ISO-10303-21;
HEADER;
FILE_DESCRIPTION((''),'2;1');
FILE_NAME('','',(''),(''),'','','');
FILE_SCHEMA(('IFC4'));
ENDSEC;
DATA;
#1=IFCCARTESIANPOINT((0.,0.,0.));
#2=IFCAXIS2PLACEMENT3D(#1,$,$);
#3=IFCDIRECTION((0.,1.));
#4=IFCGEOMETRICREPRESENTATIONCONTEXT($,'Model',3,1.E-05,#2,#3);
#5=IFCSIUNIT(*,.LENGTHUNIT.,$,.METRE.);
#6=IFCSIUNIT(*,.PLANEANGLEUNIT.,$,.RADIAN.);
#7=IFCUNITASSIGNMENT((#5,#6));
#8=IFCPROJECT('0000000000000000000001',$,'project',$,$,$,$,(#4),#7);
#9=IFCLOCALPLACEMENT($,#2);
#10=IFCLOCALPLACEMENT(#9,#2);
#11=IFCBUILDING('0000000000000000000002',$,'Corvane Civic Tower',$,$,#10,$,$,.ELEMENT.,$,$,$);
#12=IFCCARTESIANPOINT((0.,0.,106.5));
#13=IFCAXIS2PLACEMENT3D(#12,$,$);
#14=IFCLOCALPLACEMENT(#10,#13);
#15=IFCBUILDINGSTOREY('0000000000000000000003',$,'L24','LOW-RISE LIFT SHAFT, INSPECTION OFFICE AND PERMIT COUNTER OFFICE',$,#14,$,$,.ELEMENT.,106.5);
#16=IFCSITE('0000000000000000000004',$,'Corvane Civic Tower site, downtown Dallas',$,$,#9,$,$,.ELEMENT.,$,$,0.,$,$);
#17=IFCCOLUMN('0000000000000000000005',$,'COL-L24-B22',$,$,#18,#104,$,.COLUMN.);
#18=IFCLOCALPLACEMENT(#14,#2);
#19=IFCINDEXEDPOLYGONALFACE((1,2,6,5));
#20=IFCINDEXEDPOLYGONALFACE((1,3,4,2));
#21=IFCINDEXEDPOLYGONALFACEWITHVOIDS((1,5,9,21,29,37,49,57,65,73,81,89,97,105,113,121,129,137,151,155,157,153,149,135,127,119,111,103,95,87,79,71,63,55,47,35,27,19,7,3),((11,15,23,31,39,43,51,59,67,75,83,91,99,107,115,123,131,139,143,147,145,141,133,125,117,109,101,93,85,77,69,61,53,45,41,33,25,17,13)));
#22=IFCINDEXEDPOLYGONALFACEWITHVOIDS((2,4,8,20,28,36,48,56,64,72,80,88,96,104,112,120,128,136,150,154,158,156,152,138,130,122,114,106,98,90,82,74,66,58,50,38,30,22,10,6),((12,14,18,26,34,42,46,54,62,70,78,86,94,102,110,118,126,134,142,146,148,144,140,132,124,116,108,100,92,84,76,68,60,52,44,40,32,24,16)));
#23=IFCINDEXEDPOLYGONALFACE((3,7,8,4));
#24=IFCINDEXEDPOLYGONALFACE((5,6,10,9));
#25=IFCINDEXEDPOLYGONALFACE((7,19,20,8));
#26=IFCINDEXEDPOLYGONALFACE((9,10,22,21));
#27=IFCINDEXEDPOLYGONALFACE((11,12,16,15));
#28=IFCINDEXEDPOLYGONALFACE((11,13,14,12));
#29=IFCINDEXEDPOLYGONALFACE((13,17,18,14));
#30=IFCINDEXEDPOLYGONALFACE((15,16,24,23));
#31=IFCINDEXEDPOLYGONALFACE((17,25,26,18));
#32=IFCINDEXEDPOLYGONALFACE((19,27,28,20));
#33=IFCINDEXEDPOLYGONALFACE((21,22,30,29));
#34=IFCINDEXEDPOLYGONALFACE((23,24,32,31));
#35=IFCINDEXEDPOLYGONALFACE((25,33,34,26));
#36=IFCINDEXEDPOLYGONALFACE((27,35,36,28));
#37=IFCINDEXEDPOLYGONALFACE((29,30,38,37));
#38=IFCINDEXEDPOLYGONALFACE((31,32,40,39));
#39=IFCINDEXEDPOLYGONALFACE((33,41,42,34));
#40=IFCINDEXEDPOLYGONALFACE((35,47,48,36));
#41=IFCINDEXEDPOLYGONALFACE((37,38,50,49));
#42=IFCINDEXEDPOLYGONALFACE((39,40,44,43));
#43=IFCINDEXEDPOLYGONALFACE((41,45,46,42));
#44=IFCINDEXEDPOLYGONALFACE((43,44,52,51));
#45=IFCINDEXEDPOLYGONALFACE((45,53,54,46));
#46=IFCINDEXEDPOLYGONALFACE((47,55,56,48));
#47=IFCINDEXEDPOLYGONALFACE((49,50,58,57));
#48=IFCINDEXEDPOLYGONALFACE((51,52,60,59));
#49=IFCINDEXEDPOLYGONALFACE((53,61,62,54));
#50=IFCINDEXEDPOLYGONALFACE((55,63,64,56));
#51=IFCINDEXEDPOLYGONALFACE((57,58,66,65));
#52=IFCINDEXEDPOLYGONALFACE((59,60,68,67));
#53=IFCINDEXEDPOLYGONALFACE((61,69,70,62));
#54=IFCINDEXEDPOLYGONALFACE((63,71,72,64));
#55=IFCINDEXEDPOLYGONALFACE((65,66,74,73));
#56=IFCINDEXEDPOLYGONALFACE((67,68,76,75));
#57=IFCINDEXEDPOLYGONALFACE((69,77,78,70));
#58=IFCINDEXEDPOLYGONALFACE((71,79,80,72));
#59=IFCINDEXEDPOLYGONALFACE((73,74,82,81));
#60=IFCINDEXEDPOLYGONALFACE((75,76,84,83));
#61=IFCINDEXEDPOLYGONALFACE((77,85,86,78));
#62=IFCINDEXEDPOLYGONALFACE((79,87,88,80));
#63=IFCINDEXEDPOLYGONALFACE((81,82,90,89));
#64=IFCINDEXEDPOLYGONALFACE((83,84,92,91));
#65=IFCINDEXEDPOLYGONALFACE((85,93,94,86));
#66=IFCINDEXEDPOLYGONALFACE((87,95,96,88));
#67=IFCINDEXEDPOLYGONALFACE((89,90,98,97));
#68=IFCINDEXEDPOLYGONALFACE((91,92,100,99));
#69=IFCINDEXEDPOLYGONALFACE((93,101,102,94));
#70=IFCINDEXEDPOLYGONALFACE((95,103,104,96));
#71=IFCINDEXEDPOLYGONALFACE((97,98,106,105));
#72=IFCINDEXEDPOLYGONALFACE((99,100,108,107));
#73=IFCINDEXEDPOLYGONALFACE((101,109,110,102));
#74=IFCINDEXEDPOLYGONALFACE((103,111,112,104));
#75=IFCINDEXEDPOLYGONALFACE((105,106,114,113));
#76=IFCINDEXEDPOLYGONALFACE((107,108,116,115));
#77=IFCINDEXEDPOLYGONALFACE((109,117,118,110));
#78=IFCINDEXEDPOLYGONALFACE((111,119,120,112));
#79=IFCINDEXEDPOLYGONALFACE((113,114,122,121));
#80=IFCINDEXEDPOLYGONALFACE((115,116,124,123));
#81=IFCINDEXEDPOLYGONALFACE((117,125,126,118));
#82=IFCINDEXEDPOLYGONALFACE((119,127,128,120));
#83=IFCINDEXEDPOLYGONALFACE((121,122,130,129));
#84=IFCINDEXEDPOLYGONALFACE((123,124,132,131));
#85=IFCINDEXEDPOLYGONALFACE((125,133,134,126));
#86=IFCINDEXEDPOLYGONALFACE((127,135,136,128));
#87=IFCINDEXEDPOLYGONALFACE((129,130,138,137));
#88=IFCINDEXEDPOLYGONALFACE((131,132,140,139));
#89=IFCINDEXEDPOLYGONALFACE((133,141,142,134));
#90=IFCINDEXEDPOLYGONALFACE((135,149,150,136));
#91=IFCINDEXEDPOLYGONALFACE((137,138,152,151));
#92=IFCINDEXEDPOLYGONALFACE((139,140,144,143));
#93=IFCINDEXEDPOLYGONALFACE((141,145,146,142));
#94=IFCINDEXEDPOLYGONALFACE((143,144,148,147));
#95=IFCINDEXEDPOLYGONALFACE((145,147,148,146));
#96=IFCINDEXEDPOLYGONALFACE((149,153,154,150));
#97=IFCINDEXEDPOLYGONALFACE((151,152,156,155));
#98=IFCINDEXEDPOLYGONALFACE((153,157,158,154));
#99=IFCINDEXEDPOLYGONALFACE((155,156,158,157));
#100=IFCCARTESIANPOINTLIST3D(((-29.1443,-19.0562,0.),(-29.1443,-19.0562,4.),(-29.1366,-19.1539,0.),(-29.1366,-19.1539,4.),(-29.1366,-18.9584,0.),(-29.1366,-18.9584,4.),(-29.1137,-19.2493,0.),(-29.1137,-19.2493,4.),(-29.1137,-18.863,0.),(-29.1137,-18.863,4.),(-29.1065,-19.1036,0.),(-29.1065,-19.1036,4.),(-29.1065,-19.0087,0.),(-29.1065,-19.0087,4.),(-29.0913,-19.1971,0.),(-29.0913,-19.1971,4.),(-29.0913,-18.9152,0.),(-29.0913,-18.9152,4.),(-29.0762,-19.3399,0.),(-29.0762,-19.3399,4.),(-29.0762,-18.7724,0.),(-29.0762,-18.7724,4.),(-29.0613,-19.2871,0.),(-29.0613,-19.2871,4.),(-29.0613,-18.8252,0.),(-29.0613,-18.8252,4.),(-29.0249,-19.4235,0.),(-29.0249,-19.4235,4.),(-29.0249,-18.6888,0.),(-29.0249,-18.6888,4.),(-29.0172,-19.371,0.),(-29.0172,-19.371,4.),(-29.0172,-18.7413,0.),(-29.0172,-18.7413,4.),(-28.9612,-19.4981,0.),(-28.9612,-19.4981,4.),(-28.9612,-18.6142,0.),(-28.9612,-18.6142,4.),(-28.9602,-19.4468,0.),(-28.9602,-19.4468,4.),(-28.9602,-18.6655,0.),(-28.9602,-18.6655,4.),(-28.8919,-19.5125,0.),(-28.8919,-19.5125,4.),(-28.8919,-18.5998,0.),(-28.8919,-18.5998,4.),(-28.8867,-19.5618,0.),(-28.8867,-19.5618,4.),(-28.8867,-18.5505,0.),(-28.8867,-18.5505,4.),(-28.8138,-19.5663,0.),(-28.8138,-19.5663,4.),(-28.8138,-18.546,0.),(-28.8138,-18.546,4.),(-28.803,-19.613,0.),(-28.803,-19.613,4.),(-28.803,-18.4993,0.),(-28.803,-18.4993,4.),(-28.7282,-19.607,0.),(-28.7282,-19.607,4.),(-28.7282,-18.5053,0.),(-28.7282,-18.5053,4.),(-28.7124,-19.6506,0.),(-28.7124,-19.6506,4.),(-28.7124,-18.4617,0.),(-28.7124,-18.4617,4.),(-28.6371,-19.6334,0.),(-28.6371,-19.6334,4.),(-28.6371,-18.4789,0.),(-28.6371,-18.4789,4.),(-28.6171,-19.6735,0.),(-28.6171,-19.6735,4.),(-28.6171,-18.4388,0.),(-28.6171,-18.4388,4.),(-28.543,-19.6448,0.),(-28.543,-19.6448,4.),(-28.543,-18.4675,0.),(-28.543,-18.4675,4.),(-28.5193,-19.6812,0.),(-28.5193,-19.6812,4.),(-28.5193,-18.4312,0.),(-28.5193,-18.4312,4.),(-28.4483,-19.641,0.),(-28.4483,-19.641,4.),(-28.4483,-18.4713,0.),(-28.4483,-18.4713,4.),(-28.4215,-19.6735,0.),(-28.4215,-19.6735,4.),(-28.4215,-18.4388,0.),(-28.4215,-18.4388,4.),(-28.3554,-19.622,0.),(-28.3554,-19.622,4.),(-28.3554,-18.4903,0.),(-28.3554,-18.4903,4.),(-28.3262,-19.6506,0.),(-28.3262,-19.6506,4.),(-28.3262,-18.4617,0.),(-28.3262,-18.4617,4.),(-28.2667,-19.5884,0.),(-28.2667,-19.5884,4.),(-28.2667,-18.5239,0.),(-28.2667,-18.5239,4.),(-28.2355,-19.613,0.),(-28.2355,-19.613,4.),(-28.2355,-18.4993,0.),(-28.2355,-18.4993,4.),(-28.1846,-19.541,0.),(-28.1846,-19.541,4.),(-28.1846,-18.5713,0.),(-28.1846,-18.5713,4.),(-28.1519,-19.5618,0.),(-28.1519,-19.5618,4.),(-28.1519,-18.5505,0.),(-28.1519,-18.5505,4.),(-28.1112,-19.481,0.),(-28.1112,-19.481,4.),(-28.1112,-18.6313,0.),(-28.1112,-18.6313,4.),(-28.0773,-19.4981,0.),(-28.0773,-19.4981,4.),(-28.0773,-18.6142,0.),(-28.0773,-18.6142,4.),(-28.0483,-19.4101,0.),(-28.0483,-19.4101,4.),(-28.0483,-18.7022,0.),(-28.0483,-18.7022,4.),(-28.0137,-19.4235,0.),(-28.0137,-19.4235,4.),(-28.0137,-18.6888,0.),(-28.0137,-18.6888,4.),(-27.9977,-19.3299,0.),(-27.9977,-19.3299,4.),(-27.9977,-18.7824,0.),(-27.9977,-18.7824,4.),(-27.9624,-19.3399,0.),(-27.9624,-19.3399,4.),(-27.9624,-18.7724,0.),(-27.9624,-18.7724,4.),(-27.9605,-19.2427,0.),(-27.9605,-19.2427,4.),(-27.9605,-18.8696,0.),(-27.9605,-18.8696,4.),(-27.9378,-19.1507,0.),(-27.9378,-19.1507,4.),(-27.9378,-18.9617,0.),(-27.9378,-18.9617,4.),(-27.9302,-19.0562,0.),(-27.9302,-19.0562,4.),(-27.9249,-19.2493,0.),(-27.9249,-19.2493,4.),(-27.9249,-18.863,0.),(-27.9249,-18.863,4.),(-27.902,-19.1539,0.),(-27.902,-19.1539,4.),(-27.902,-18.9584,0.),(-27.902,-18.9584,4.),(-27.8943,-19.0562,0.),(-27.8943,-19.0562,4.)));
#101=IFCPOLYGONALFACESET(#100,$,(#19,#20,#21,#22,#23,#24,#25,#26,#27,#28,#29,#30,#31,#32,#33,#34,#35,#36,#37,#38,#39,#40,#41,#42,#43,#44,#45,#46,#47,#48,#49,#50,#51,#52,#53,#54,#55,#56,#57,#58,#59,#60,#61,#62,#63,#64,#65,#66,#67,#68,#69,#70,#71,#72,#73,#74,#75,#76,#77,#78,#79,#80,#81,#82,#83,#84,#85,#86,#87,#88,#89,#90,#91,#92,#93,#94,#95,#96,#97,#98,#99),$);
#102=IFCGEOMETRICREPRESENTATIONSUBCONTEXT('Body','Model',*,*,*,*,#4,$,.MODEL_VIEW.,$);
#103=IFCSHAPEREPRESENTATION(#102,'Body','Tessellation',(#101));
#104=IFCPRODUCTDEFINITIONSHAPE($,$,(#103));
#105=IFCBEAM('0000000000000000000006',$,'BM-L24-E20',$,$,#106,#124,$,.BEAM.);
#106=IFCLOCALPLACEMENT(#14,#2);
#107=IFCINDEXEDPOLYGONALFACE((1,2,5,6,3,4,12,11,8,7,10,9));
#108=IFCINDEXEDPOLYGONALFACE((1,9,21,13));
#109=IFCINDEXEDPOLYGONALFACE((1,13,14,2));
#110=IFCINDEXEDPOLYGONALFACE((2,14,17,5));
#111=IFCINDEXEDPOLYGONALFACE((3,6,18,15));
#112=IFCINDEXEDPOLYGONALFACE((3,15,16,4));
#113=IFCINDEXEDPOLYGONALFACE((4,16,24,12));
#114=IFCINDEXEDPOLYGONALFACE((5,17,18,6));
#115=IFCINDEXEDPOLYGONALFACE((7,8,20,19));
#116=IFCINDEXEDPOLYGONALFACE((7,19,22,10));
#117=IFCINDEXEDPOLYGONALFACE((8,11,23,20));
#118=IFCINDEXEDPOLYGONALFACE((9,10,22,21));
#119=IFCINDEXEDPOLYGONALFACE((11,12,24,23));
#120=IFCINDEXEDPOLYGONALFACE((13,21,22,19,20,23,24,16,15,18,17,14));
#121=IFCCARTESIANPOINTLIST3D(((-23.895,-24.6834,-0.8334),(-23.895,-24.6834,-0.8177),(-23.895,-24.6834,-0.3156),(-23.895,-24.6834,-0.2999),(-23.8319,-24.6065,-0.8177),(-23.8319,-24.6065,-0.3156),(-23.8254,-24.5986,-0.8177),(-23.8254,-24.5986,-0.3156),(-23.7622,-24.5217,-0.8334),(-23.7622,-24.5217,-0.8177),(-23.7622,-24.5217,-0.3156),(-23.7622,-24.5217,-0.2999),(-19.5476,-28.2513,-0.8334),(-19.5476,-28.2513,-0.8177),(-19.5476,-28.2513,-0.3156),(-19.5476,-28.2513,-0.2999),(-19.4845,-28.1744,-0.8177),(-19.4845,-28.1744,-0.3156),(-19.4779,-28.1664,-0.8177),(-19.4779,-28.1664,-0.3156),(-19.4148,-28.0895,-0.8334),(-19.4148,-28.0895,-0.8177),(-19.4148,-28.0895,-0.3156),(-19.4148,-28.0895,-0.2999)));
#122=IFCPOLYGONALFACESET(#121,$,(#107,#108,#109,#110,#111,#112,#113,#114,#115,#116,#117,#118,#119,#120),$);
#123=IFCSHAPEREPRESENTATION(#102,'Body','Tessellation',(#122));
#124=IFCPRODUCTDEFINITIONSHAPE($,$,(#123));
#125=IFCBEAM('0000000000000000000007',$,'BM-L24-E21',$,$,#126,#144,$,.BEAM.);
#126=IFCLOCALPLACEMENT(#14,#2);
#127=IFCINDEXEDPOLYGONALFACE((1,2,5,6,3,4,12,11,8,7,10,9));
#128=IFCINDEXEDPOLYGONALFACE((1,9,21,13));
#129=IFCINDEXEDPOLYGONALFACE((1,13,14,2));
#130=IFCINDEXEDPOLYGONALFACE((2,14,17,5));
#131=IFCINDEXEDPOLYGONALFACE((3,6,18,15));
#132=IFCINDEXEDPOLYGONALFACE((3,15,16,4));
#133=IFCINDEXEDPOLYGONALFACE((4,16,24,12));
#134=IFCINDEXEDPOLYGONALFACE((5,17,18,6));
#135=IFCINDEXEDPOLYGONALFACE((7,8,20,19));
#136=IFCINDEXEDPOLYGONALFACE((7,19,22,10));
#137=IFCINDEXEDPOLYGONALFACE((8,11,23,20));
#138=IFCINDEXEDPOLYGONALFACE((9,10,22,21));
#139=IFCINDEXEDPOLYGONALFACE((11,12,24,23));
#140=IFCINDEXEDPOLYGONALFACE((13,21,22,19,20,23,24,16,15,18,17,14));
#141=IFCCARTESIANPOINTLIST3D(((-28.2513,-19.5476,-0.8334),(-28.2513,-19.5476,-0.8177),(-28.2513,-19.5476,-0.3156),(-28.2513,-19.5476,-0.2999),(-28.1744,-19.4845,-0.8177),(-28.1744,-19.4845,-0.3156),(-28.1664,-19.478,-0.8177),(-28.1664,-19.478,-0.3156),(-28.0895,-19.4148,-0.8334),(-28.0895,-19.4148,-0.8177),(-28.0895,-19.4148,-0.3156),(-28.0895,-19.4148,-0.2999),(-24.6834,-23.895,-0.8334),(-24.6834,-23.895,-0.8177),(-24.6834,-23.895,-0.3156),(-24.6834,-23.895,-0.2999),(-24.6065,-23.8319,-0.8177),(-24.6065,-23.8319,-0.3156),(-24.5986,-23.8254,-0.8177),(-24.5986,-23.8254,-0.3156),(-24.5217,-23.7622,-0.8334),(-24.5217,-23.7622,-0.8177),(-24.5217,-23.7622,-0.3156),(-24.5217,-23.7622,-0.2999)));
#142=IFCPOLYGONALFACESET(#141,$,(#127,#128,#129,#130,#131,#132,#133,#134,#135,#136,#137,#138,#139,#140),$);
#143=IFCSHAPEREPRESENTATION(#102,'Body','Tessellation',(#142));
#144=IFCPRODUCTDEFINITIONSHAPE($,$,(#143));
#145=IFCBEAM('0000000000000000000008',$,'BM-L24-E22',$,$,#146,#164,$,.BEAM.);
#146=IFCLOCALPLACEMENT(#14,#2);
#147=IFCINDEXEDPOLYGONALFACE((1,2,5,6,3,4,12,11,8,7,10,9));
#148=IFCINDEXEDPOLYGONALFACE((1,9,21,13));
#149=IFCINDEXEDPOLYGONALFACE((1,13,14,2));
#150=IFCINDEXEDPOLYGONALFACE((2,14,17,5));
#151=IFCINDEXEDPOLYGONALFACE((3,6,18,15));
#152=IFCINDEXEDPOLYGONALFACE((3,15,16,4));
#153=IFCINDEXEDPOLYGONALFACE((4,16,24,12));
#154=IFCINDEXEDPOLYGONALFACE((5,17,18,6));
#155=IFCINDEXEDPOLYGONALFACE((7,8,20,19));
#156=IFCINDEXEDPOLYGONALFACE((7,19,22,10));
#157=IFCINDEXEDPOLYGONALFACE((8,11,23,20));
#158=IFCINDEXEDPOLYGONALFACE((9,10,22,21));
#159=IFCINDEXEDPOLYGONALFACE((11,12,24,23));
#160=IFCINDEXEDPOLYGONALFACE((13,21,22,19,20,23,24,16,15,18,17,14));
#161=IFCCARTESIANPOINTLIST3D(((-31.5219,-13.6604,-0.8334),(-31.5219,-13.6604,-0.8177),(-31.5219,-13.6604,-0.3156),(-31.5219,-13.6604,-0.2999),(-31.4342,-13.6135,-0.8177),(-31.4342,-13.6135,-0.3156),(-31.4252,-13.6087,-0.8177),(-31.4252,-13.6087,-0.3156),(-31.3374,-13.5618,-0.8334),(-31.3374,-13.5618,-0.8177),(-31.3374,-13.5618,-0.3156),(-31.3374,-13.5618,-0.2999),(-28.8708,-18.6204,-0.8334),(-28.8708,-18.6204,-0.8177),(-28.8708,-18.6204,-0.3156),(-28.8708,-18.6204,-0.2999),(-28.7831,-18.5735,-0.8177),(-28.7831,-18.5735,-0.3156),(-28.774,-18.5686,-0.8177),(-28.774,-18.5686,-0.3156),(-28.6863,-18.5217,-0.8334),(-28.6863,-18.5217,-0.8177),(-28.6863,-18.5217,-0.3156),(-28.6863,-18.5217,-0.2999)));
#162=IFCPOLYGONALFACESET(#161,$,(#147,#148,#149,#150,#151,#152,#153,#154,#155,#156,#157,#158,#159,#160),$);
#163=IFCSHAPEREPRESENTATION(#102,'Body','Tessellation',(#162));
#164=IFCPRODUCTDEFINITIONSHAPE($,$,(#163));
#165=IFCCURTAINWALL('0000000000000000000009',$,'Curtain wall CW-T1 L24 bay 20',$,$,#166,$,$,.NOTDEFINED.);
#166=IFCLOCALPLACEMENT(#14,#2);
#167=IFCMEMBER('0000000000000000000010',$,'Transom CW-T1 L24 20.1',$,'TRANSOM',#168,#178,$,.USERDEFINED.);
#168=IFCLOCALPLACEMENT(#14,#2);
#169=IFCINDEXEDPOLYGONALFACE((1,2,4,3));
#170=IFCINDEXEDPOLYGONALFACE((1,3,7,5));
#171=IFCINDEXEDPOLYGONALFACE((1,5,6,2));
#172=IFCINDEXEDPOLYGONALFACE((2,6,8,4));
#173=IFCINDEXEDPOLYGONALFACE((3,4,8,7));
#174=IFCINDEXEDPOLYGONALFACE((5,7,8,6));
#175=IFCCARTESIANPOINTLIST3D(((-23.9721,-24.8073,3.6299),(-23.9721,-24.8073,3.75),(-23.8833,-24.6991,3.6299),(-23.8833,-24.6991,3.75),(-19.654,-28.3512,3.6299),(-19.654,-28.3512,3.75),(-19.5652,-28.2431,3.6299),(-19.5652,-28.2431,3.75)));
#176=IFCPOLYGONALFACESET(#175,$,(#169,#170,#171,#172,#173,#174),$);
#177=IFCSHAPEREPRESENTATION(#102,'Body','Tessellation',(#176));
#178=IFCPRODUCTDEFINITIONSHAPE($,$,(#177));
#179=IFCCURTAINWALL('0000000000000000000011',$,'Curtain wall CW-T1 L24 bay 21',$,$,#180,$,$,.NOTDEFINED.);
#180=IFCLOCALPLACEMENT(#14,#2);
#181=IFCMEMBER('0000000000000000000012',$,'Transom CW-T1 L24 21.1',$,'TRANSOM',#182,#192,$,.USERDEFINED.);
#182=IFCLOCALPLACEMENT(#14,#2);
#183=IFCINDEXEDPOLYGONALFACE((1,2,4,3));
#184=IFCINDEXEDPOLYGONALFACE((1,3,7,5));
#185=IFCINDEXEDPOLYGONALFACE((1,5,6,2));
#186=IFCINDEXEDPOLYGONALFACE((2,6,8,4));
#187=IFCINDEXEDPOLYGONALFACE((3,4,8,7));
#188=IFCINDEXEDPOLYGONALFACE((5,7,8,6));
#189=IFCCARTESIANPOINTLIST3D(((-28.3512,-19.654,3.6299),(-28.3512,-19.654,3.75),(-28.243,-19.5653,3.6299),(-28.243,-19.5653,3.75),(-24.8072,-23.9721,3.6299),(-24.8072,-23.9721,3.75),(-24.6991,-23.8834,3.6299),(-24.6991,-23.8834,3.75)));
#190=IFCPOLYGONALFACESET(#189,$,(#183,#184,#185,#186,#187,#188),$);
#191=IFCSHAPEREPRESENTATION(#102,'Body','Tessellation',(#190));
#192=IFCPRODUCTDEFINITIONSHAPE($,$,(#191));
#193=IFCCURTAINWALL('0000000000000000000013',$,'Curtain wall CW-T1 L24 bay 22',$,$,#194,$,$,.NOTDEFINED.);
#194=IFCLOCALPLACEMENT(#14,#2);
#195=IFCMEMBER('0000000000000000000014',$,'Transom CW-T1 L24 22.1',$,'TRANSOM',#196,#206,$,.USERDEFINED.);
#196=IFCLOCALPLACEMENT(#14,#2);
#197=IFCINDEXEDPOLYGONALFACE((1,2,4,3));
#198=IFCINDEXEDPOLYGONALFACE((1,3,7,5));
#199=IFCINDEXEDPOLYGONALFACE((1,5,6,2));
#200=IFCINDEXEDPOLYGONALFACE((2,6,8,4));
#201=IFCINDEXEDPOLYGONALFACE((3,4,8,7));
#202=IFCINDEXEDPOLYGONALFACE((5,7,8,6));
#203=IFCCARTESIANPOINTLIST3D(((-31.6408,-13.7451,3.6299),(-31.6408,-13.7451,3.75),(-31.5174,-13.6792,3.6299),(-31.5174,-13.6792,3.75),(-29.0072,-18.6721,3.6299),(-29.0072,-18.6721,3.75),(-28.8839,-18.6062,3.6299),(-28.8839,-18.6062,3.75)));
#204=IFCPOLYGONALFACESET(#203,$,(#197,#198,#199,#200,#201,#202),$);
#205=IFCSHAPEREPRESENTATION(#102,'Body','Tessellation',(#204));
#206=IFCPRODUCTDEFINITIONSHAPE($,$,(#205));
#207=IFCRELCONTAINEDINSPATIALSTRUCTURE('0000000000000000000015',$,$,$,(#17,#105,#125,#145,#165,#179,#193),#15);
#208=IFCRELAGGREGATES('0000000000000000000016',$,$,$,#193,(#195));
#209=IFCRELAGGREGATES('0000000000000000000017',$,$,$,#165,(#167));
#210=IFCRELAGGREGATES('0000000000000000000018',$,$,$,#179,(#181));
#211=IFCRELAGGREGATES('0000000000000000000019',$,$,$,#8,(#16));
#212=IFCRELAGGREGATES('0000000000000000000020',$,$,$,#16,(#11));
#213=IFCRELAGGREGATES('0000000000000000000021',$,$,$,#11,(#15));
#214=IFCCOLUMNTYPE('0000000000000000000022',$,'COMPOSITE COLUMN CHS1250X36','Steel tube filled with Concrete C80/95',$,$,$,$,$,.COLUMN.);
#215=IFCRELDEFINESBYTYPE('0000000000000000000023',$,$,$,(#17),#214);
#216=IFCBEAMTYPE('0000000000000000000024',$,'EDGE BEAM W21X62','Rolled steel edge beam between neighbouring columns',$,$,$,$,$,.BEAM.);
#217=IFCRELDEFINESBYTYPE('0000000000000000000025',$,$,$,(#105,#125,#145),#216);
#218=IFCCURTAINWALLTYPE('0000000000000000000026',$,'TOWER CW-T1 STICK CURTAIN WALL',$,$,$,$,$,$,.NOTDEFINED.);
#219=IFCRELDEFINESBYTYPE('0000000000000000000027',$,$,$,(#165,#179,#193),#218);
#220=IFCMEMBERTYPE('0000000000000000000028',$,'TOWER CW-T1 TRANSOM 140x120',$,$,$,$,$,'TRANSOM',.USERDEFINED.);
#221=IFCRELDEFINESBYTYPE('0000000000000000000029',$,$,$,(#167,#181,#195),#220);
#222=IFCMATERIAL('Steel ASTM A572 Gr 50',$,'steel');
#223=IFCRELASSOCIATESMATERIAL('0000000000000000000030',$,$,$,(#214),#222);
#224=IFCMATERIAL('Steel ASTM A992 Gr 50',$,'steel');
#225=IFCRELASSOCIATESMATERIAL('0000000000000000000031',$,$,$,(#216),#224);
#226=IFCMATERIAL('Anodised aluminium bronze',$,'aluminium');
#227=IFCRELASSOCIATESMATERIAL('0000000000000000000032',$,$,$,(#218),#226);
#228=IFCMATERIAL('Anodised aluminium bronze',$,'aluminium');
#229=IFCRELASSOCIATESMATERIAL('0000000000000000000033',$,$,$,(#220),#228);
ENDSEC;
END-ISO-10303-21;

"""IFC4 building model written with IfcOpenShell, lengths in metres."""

from ifc_helpers import new_model, si_unit, direction, frame, origin, origin_2d, place, context, subcontext, project, spatial, rectangle, hollow_circle, i_section, extrude, material, material_profile, profile_set, type_object, element, aggregate, save


model = new_model("IFC4")

# Units and contexts
model_context = context("Model", 3, precision=1e-05, world=origin(), true_north=direction((0.0, 1.0)))
body_context = subcontext(model_context, "Body", "Model", "MODEL_VIEW")
ifc_project = project(units=[si_unit("LENGTHUNIT", "METRE"), si_unit("PLANEANGLEUNIT", "RADIAN")], contexts=[model_context])

# Site, building, storey
site_placement = place(None, origin())
site = spatial("IfcSite", under=ifc_project, at=site_placement, Name="Corvane Civic Tower site, downtown Dallas", CompositionType="ELEMENT", RefElevation=0.0)
building_placement = place(site_placement, origin())
building = spatial("IfcBuilding", under=site, at=building_placement, Name="Corvane Civic Tower", CompositionType="ELEMENT")
storey_placement = place(building_placement, frame((0.0, 0.0, 106.5)))
storey = spatial("IfcBuildingStorey", under=building, at=storey_placement, Name="L24", Description="LOW-RISE LIFT SHAFT, INSPECTION OFFICE AND PERMIT COUNTER OFFICE", CompositionType="ELEMENT", Elevation=106.5)

# Column
ifc_material_1 = material(Name="Steel ASTM A572 Gr 50", Category="steel")
ifc_material_profile_1 = material_profile(ifc_material_1, hollow_circle(Radius=0.625, WallThickness=0.0359, at=origin_2d()), Name="CHS1250X36")
ifc_profile_set_1 = profile_set([ifc_material_profile_1], Name="Steel ASTM A572 Gr 50")
column_type = type_object("IfcColumnType", Name="COMPOSITE COLUMN CHS1250X36", Description="Steel tube filled with Concrete C80/95", PredefinedType="COLUMN", material=ifc_profile_set_1)
for number, where, z_axis, x_axis, name in (
    (1, (-28.5193, -19.0562, 0.0), (0.0, 0.0, 1.0), (1.0, 0.0, 0.0), "COL-L24-B22"),
):
    element("IfcColumn", number, at=place(storey_placement, frame(where, z_axis=z_axis, x_axis=x_axis)), inside=storey, type_object=column_type, Name=name, PredefinedType="COLUMN", context=body_context, shape_type="SweptSolid", body=[
        extrude(hollow_circle(Radius=0.625, WallThickness=0.0359, at=origin_2d()), origin(), (0.0, 0.0, 1.0), 4.0),
    ])

# Beams
ifc_material_2 = material(Name="Steel ASTM A992 Gr 50", Category="steel")
ifc_material_profile_2 = material_profile(ifc_material_2, i_section(OverallWidth=0.2092, OverallDepth=0.5334, WebThickness=0.0103, FlangeThickness=0.0156, at=origin_2d()), Name="W21X62")
ifc_profile_set_2 = profile_set([ifc_material_profile_2], Name="Steel ASTM A992 Gr 50")
beam_type = type_object("IfcBeamType", Name="EDGE BEAM W21X62", Description="Rolled steel edge beam between neighbouring columns", PredefinedType="BEAM", material=ifc_profile_set_2)
for number, where, z_axis, x_axis, name in (
    (2, (-19.4812, -28.1704, -0.5667), (-0.773007, 0.634398, 0.0), (-0.634398, -0.773007, 0.0), "BM-L24-E20"),
    (3, (-24.6025, -23.8286, -0.5667), (-0.634398, 0.773007, 0.0), (-0.773007, -0.634398, 0.0), "BM-L24-E21"),
    (4, (-28.7786, -18.571, -0.5667), (-0.471392, 0.881924, 0.0), (-0.881924, -0.471392, 0.0), "BM-L24-E22"),
):
    element("IfcBeam", number, at=place(storey_placement, frame(where, z_axis=z_axis, x_axis=x_axis)), inside=storey, type_object=beam_type, Name=name, PredefinedType="BEAM", context=body_context, shape_type="SweptSolid", body=[
        extrude(i_section(OverallWidth=0.2092, OverallDepth=0.5334, WebThickness=0.0103, FlangeThickness=0.0156, at=origin_2d()), origin(), (0.0, 0.0, 1.0), 5.624),
    ])

# Curtain walls, members
ifc_material_3 = material(Name="Anodised aluminium bronze", Category="aluminium")
curtain_wall_type = type_object("IfcCurtainWallType", Name="TOWER CW-T1 STICK CURTAIN WALL", PredefinedType="NOTDEFINED", material=ifc_material_3)
curtain_wall_1_placement = place(storey_placement, origin())
curtain_wall_1 = element("IfcCurtainWall", 5, at=curtain_wall_1_placement, inside=storey, type_object=curtain_wall_type, Name="Curtain wall CW-T1 L24 bay 20", PredefinedType="NOTDEFINED")
ifc_material_4 = material(Name="Anodised aluminium bronze", Category="aluminium")
ifc_material_profile_3 = material_profile(ifc_material_4, rectangle(XDim=0.1399, YDim=0.1201, at=origin_2d()), Name="TOWER CW-T1 TRANSOM 140x120")
ifc_profile_set_3 = profile_set([ifc_material_profile_3], Name="Anodised aluminium bronze")
member_type = type_object("IfcMemberType", Name="TOWER CW-T1 TRANSOM 140x120", ElementType="TRANSOM", PredefinedType="USERDEFINED", material=ifc_profile_set_3)
member_1_placement = place(storey_placement, frame((-19.6096, -28.2971, 3.6899), z_axis=(-0.772996, 0.63441, 0.0), x_axis=(-0.63441, -0.772996, 0.0)))
member_1 = element("IfcMember", 6, at=member_1_placement, type_object=member_type, Name="Transom CW-T1 L24 20.1", ObjectType="TRANSOM", PredefinedType="USERDEFINED", context=body_context, shape_type="SweptSolid", body=[
    extrude(rectangle(XDim=0.1399, YDim=0.1201, at=origin_2d()), origin(), (0.0, 0.0, 1.0), 5.5862),
])
curtain_wall_2_placement = place(storey_placement, origin())
curtain_wall_2 = element("IfcCurtainWall", 7, at=curtain_wall_2_placement, inside=storey, type_object=curtain_wall_type, Name="Curtain wall CW-T1 L24 bay 21", PredefinedType="NOTDEFINED")
member_2_placement = place(storey_placement, frame((-24.7532, -23.9277, 3.6899), z_axis=(-0.63441, 0.772996, 0.0), x_axis=(-0.772996, -0.63441, 0.0)))
member_2 = element("IfcMember", 8, at=member_2_placement, type_object=member_type, Name="Transom CW-T1 L24 21.1", ObjectType="TRANSOM", PredefinedType="USERDEFINED", context=body_context, shape_type="SweptSolid", body=[
    extrude(rectangle(XDim=0.1399, YDim=0.1201, at=origin_2d()), origin(), (0.0, 0.0, 1.0), 5.5862),
])
curtain_wall_3_placement = place(storey_placement, origin())
curtain_wall_3 = element("IfcCurtainWall", 9, at=curtain_wall_3_placement, inside=storey, type_object=curtain_wall_type, Name="Curtain wall CW-T1 L24 bay 22", PredefinedType="NOTDEFINED")
member_3_placement = place(storey_placement, frame((-28.9456, -18.6392, 3.6899), z_axis=(-0.471398, 0.881921, 0.0), x_axis=(-0.881921, -0.471398, 0.0)))
member_3 = element("IfcMember", 10, at=member_3_placement, type_object=member_type, Name="Transom CW-T1 L24 22.1", ObjectType="TRANSOM", PredefinedType="USERDEFINED", context=body_context, shape_type="SweptSolid", body=[
    extrude(rectangle(XDim=0.1399, YDim=0.1201, at=origin_2d()), origin(), (0.0, 0.0, 1.0), 5.5867),
])
aggregate(curtain_wall_3, [member_3])

aggregate(curtain_wall_1, [member_1])
aggregate(curtain_wall_2, [member_2])

save(model, "model.ifc")
